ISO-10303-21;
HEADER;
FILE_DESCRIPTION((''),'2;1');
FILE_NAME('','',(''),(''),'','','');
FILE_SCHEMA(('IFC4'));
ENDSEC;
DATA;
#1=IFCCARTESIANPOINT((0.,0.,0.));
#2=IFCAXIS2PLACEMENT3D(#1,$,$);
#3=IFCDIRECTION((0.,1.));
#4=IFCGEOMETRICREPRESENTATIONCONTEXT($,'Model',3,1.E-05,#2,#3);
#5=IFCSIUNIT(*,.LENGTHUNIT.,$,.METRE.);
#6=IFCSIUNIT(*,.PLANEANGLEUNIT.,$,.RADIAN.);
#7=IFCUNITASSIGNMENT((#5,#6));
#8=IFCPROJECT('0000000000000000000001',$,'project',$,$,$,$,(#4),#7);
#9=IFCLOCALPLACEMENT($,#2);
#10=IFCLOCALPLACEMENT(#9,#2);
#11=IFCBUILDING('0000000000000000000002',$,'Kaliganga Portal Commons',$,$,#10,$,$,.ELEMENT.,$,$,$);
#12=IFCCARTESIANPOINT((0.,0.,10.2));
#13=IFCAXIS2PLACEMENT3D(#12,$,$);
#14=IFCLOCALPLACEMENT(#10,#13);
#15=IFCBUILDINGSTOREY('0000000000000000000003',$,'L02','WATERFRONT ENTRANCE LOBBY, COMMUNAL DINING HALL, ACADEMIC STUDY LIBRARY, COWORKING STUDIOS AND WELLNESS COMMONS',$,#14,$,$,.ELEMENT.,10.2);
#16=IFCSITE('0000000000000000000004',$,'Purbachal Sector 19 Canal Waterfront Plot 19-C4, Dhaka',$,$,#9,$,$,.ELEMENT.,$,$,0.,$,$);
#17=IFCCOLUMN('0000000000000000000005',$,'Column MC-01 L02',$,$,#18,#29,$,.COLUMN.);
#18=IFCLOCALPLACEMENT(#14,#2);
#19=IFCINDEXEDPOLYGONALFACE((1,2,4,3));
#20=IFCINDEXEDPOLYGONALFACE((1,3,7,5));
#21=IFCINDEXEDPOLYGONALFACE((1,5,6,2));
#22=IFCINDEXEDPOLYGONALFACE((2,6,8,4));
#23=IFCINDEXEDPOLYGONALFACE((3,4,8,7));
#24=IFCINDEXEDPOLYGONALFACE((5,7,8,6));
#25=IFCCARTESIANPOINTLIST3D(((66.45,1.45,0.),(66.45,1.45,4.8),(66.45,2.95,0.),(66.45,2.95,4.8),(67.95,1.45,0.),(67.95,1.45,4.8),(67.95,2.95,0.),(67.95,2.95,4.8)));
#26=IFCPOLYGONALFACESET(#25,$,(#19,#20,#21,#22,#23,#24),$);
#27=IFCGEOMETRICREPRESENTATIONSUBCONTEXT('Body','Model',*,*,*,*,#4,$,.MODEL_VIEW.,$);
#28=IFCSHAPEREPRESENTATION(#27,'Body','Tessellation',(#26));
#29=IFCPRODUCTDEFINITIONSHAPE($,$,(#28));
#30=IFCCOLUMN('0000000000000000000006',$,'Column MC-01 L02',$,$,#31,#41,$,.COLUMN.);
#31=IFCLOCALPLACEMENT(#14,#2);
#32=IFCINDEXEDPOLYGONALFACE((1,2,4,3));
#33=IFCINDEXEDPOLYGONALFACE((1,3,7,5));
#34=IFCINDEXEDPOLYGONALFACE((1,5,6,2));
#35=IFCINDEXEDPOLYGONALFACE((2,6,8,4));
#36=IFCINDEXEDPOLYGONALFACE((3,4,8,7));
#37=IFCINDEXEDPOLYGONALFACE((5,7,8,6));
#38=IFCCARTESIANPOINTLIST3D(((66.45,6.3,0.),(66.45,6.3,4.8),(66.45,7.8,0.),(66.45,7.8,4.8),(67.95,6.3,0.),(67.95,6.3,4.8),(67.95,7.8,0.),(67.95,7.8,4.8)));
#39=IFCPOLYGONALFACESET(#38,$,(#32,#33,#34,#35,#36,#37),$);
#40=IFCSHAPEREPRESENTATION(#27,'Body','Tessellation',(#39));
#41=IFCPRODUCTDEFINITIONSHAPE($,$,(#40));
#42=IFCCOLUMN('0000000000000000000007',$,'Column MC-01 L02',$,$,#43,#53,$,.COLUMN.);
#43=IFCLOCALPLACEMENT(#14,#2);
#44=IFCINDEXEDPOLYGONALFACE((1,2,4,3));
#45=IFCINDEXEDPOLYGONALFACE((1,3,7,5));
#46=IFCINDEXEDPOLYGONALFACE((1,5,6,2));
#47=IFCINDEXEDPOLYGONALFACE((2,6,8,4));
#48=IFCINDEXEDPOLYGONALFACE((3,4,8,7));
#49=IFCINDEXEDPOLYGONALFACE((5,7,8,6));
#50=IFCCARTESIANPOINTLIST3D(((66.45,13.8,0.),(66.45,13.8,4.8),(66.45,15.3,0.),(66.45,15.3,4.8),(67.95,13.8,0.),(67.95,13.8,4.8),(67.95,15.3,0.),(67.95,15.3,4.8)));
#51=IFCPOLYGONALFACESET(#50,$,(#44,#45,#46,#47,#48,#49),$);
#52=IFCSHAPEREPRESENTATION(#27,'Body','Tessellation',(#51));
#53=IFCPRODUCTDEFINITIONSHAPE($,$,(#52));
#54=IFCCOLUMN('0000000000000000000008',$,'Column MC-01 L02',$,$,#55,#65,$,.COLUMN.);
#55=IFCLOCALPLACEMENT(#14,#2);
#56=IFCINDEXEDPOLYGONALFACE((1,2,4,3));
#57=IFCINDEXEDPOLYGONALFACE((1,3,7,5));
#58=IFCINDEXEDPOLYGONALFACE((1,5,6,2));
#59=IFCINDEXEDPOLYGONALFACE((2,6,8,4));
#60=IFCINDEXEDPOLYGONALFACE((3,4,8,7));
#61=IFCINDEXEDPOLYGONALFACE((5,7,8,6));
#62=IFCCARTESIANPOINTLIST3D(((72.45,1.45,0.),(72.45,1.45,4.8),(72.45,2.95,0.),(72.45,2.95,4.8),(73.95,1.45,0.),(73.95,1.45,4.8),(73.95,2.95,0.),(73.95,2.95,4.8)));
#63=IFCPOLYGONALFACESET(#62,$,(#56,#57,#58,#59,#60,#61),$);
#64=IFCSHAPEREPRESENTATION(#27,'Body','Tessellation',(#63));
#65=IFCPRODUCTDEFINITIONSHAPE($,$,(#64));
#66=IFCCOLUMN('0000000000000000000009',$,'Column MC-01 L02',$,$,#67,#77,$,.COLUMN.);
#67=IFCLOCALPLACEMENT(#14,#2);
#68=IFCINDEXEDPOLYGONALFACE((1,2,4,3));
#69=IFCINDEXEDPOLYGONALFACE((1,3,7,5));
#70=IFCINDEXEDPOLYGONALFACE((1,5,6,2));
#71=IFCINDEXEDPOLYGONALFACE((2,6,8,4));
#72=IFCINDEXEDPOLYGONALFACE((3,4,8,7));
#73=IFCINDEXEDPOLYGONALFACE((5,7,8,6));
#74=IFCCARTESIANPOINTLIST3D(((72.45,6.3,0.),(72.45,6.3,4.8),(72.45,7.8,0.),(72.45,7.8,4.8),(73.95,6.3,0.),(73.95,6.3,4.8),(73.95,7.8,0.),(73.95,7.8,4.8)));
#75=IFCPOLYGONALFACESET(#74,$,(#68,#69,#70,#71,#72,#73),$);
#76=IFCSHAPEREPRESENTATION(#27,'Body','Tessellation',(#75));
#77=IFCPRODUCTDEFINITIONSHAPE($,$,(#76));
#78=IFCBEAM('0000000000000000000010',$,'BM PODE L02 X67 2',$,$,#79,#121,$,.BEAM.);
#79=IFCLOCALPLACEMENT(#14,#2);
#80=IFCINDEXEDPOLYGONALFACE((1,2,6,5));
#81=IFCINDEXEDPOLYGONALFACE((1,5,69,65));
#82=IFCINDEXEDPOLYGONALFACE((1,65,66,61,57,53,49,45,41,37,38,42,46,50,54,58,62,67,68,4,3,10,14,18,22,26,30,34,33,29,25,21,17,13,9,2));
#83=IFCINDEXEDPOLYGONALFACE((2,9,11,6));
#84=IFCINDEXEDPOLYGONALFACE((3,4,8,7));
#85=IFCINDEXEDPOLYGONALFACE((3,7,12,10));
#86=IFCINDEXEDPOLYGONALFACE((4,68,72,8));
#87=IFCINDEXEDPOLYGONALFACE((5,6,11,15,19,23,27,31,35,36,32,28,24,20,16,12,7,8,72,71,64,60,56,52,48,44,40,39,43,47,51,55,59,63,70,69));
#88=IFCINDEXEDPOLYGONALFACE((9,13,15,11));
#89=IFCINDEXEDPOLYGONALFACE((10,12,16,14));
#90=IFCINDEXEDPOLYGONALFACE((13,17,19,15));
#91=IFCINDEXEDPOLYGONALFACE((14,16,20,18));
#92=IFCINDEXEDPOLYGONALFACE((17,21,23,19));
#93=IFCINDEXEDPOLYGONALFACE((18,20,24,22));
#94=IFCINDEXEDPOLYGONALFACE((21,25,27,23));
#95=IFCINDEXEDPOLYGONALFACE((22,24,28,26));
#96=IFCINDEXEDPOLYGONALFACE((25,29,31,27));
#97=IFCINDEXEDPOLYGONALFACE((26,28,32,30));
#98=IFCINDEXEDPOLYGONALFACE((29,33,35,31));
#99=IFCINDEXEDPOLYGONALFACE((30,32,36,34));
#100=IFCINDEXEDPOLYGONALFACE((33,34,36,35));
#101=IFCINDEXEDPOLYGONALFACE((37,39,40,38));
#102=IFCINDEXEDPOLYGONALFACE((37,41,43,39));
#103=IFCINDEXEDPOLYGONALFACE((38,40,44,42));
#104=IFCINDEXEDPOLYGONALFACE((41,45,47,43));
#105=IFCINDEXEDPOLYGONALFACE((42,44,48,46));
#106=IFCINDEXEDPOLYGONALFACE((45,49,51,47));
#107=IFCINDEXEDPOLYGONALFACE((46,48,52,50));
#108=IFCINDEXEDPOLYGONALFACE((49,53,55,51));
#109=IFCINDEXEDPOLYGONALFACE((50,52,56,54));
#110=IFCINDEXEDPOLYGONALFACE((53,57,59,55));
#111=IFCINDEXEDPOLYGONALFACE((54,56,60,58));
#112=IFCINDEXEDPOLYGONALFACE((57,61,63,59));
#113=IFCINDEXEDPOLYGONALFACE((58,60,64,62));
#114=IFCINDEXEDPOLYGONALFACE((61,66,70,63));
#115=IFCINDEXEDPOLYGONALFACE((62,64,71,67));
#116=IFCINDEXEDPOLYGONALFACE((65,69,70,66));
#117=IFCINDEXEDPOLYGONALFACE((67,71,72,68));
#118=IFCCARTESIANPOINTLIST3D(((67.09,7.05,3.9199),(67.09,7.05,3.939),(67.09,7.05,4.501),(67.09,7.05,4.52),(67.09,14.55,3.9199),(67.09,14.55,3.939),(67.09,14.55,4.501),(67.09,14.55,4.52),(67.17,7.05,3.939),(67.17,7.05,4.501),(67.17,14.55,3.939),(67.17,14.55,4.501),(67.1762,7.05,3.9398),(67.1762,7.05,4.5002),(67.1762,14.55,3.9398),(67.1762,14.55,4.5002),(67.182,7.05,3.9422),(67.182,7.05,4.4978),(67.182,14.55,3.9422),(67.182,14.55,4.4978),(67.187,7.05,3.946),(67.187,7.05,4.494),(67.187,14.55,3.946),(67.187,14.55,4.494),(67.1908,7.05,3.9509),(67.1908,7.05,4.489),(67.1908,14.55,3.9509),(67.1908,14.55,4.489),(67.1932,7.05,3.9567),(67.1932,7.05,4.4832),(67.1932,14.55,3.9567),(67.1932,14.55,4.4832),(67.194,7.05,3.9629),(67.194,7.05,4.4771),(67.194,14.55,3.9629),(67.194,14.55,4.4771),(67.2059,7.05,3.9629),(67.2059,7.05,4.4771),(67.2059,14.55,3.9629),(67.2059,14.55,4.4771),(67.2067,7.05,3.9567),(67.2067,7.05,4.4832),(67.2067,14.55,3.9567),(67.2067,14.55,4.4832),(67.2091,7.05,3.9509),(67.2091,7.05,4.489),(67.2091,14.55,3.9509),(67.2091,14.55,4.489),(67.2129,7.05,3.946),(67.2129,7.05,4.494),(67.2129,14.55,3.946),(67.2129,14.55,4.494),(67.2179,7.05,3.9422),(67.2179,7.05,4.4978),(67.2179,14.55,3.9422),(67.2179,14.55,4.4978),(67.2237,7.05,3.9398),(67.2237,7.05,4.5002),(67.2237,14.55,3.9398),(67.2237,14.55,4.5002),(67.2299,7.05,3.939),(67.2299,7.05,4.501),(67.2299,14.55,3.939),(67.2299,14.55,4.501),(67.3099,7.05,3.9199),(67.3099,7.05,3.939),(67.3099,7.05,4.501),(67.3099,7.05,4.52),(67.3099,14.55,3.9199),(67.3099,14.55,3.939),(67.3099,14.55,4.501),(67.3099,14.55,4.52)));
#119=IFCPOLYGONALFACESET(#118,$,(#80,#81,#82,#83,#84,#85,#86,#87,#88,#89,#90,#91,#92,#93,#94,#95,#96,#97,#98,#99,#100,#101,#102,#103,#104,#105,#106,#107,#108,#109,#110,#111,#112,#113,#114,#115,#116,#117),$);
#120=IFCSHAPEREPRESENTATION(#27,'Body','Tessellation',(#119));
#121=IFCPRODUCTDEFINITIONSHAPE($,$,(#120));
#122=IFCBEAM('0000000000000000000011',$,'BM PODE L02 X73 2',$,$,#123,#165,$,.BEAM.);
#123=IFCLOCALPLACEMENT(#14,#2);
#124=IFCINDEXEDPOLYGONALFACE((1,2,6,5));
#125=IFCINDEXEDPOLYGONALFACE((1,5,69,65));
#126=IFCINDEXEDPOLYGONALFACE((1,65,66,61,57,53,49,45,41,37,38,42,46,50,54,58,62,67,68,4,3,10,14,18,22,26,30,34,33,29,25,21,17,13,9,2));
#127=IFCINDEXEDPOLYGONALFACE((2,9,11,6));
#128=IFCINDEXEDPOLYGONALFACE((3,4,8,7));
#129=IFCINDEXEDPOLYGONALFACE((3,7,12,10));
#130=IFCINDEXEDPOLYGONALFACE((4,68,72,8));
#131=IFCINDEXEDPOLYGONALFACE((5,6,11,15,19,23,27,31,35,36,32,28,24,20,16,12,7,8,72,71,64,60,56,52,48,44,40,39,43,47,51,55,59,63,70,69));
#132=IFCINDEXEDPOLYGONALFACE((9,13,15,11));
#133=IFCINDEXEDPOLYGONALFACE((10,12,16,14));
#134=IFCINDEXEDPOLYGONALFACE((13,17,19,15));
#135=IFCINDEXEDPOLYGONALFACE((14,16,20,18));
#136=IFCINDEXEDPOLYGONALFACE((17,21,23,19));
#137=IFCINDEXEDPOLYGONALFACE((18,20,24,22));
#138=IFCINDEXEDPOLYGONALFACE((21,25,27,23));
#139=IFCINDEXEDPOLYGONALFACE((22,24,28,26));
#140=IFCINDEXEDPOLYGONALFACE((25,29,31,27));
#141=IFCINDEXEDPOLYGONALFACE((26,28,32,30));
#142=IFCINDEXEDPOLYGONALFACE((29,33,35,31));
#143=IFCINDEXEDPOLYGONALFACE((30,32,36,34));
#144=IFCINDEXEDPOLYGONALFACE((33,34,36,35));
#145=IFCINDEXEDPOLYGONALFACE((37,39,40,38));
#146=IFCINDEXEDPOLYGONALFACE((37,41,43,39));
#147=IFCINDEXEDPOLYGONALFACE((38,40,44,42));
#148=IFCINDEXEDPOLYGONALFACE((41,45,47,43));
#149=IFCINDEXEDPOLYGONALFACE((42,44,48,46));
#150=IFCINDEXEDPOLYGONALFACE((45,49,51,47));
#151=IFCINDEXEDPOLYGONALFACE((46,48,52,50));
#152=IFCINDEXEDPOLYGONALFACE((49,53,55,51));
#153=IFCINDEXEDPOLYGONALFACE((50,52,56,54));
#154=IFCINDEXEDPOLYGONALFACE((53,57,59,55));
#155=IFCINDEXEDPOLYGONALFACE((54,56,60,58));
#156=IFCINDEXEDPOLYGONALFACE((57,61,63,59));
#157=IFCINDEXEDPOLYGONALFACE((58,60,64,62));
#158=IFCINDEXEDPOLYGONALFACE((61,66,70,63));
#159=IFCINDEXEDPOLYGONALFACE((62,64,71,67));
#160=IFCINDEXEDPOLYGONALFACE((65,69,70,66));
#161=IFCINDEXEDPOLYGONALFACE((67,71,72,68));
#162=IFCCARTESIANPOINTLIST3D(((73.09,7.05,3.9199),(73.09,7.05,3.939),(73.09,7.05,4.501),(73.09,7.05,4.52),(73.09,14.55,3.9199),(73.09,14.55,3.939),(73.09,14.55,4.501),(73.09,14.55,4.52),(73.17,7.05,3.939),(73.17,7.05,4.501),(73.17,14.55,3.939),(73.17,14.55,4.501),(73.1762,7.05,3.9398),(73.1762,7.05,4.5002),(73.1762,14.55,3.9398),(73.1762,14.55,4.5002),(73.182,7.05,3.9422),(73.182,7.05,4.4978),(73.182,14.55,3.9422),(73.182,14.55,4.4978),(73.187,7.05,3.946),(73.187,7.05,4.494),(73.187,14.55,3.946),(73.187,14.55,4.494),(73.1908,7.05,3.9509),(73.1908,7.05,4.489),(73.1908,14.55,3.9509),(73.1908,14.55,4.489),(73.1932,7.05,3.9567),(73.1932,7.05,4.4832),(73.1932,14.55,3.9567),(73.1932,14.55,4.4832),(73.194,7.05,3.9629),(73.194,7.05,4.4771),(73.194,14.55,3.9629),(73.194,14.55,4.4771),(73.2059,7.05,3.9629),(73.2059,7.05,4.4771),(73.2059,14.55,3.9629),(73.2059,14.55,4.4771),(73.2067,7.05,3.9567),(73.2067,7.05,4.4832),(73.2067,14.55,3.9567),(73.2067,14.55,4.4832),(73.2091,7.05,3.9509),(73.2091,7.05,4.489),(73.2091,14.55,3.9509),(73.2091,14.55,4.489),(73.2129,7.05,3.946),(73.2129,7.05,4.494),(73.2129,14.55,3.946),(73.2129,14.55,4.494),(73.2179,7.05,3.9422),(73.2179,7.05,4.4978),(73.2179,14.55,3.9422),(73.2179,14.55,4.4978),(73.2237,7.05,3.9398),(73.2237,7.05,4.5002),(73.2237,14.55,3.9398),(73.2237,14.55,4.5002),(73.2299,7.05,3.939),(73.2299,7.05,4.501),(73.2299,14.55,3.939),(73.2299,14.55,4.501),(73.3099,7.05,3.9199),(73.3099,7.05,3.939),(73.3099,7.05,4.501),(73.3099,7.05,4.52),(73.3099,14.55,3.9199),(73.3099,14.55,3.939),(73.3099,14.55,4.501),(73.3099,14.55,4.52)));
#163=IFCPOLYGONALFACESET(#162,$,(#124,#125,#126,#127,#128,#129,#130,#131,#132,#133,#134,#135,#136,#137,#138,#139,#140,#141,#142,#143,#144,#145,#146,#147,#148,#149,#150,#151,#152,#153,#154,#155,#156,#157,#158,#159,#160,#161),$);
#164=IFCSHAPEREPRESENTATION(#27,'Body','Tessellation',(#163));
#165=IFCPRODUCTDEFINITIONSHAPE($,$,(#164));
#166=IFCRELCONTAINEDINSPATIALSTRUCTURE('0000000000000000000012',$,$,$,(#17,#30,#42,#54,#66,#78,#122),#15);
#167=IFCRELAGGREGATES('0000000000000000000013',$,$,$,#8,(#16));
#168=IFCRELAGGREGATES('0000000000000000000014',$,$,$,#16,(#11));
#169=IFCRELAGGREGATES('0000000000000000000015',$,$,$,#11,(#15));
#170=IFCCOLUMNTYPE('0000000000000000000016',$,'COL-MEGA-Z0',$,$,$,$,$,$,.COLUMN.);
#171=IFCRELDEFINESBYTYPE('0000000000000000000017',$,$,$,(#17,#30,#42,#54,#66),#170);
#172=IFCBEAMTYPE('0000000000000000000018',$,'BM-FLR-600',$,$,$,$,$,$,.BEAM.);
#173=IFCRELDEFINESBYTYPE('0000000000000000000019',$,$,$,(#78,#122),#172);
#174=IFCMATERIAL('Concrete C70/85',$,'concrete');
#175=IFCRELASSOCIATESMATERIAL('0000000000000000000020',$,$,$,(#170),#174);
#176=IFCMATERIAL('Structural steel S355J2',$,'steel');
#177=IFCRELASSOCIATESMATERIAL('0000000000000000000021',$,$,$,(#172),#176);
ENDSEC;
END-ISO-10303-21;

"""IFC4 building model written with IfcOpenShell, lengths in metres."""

from ifc_helpers import new_model, si_unit, direction, frame, origin, origin_2d, place, context, subcontext, project, spatial, rectangle, i_section, extrude, source, transform, mapped, material, material_profile, profile_set, type_object, element, save


model = new_model("IFC4")

# Units and contexts
model_context = context("Model", 3, precision=1e-05, world=origin(), true_north=direction((0.0, 1.0)))
body_context = subcontext(model_context, "Body", "Model", "MODEL_VIEW")
ifc_project = project(units=[si_unit("LENGTHUNIT", "METRE"), si_unit("PLANEANGLEUNIT", "RADIAN")], contexts=[model_context])

# Site, building, storey
site_placement = place(None, origin())
site = spatial("IfcSite", under=ifc_project, at=site_placement, Name="Purbachal Sector 19 Canal Waterfront Plot 19-C4, Dhaka", CompositionType="ELEMENT", RefElevation=0.0)
building_placement = place(site_placement, origin())
building = spatial("IfcBuilding", under=site, at=building_placement, Name="Kaliganga Portal Commons", CompositionType="ELEMENT")
storey_placement = place(building_placement, frame((0.0, 0.0, 10.2)))
storey = spatial("IfcBuildingStorey", under=building, at=storey_placement, Name="L02", Description="WATERFRONT ENTRANCE LOBBY, COMMUNAL DINING HALL, ACADEMIC STUDY LIBRARY, COWORKING STUDIOS AND WELLNESS COMMONS", CompositionType="ELEMENT", Elevation=10.2)

# Columns
ifc_material_1 = material(Name="Concrete C70/85", Category="concrete")
ifc_material_profile_1 = material_profile(ifc_material_1, rectangle(XDim=1.5, YDim=1.5, at=origin_2d()), Name="RC 1500x1500")
ifc_profile_set_1 = profile_set([ifc_material_profile_1], Name="Concrete C70/85")
column_type = type_object("IfcColumnType", Name="COL-MEGA-Z0", PredefinedType="COLUMN", material=ifc_profile_set_1)
shared_shape_1 = source(origin(), body_context, "Body", "SweptSolid", [
    extrude(rectangle(XDim=1.5, YDim=1.5, at=origin_2d()), origin(), (0.0, 0.0, 1.0), 4.8),
])
for number, where, z_axis, x_axis, name in (
    (1, (67.2, 2.2, 0.0), (0.0, 0.0, 1.0), (1.0, 0.0, 0.0), "Column MC-01 L02"),
    (2, (67.2, 7.05, 0.0), (0.0, 0.0, 1.0), (1.0, 0.0, 0.0), "Column MC-01 L02"),
    (3, (67.2, 14.55, 0.0), (0.0, 0.0, 1.0), (1.0, 0.0, 0.0), "Column MC-01 L02"),
    (4, (73.2, 2.2, 0.0), (0.0, 0.0, 1.0), (1.0, 0.0, 0.0), "Column MC-01 L02"),
    (5, (73.2, 7.05, 0.0), (0.0, 0.0, 1.0), (1.0, 0.0, 0.0), "Column MC-01 L02"),
):
    element("IfcColumn", number, at=place(storey_placement, frame(where, z_axis=z_axis, x_axis=x_axis)), inside=storey, type_object=column_type, Name=name, PredefinedType="COLUMN", context=body_context, shape_type="MappedRepresentation", body=[
        mapped(shared_shape_1, transform((0.0, 0.0, 0.0), x_axis=(1.0, 0.0, 0.0), y_axis=(0.0, 1.0, 0.0), z_axis=(0.0, 0.0, 1.0), scale=1.0)),
    ])

# Beams
ifc_material_2 = material(Name="Structural steel S355J2", Category="steel")
ifc_material_profile_2 = material_profile(ifc_material_2, i_section(OverallWidth=0.22, OverallDepth=0.6001, WebThickness=0.012, FlangeThickness=0.019, FilletRadius=0.0239, at=origin_2d()), Name="IPE 600")
ifc_profile_set_2 = profile_set([ifc_material_profile_2], Name="Structural steel S355J2 wide-flange")
beam_type_1 = type_object("IfcBeamType", Name="BM-FLR-600", PredefinedType="BEAM", material=ifc_profile_set_2)
shared_shape_2 = source(origin(), body_context, "Body", "SweptSolid", [
    extrude(i_section(OverallWidth=0.22, OverallDepth=0.6001, WebThickness=0.012, FlangeThickness=0.019, FilletRadius=0.0239, at=origin_2d()), origin(), (0.0, 0.0, 1.0), 7.5),
])
for number, where, z_axis, x_axis, name in (
    (6, (67.2, 7.05, 4.22), (0.0, 1.0, 0.0), (-1.0, 0.0, 0.0), "BM PODE L02 X67 2"),
    (7, (73.2, 7.05, 4.22), (0.0, 1.0, 0.0), (-1.0, 0.0, 0.0), "BM PODE L02 X73 2"),
):
    element("IfcBeam", number, at=place(storey_placement, frame(where, z_axis=z_axis, x_axis=x_axis)), inside=storey, type_object=beam_type_1, Name=name, PredefinedType="BEAM", context=body_context, shape_type="MappedRepresentation", body=[
        mapped(shared_shape_2, transform((0.0, 0.0, 0.0), x_axis=(1.0, 0.0, 0.0), y_axis=(0.0, 1.0, 0.0), z_axis=(0.0, 0.0, 1.0), scale=1.0)),
    ])

save(model, "model.ifc")
